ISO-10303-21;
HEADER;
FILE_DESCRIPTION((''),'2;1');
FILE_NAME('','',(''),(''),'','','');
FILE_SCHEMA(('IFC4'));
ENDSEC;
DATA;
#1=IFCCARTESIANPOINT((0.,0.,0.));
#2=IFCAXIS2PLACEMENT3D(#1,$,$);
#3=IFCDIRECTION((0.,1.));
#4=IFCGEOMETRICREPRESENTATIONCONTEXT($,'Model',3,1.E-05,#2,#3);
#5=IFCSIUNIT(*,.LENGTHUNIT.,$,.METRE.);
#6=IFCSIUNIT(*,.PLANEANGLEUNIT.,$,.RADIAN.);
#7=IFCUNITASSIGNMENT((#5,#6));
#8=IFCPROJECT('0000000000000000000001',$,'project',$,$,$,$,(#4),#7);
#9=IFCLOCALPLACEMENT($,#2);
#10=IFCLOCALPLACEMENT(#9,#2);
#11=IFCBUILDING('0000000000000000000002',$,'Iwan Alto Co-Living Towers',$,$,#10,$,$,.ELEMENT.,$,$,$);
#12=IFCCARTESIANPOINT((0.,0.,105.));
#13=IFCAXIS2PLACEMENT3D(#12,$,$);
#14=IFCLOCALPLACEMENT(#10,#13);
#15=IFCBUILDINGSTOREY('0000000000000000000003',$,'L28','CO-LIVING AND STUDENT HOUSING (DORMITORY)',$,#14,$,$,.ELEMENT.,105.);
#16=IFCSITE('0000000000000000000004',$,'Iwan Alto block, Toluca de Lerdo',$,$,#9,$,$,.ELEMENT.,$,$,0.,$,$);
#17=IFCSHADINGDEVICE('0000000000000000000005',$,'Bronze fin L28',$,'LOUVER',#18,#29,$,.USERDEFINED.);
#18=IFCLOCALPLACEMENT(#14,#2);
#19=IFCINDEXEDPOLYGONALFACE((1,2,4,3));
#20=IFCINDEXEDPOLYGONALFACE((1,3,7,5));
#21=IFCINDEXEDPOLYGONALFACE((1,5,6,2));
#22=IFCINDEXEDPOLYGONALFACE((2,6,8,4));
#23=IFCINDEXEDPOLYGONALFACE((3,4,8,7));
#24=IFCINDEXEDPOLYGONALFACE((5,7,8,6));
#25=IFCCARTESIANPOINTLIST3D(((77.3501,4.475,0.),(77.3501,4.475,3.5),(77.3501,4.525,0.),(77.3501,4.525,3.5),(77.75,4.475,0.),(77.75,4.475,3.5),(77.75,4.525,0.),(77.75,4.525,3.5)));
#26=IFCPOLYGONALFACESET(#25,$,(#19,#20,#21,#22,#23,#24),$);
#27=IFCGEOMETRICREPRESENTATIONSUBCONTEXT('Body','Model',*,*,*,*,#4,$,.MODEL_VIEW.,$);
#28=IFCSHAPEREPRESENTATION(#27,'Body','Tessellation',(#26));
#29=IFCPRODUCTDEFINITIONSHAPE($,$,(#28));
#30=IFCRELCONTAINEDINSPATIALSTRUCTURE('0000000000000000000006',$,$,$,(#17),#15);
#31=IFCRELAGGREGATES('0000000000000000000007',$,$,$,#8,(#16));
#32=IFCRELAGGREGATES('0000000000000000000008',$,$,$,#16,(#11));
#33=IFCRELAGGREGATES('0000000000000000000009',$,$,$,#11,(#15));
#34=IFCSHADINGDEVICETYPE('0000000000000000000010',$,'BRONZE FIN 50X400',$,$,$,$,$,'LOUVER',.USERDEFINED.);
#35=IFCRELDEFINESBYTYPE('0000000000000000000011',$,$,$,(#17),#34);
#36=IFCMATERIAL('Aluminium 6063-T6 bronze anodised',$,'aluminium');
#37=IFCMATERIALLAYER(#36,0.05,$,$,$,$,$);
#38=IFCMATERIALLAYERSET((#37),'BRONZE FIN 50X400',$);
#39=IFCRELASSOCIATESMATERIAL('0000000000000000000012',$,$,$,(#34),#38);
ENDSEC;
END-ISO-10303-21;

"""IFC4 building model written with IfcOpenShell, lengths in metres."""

from ifc_helpers import new_model, si_unit, direction, frame, origin, origin_2d, place, context, subcontext, project, spatial, rectangle, extrude, material, layer, layer_set, type_object, element, save


model = new_model("IFC4")

# Units and contexts
model_context = context("Model", 3, precision=1e-05, world=origin(), true_north=direction((0.0, 1.0)))
body_context = subcontext(model_context, "Body", "Model", "MODEL_VIEW")
ifc_project = project(units=[si_unit("LENGTHUNIT", "METRE"), si_unit("PLANEANGLEUNIT", "RADIAN")], contexts=[model_context])

# Site, building, storey
site_placement = place(None, origin())
site = spatial("IfcSite", under=ifc_project, at=site_placement, Name="Iwan Alto block, Toluca de Lerdo", CompositionType="ELEMENT", RefElevation=0.0)
building_placement = place(site_placement, origin())
building = spatial("IfcBuilding", under=site, at=building_placement, Name="Iwan Alto Co-Living Towers", CompositionType="ELEMENT")
storey_placement = place(building_placement, frame((0.0, 0.0, 105.0)))
storey = spatial("IfcBuildingStorey", under=building, at=storey_placement, Name="L28", Description="CO-LIVING AND STUDENT HOUSING (DORMITORY)", CompositionType="ELEMENT", Elevation=105.0)

# Shading device
ifc_material_1 = material(Name="Aluminium 6063-T6 bronze anodised", Category="aluminium")
ifc_layer_1 = layer(ifc_material_1, 0.05)
ifc_layer_set_1 = layer_set([ifc_layer_1], Name="BRONZE FIN 50X400")
shading_device_type = type_object("IfcShadingDeviceType", Name="BRONZE FIN 50X400", ElementType="LOUVER", PredefinedType="USERDEFINED", material=ifc_layer_set_1)
shading_device_placement = place(storey_placement, frame((77.55, 4.5, 0.0), z_axis=(0.0, 0.0, 1.0), x_axis=(0.0, 1.0, 0.0)))
element("IfcShadingDevice", 1, at=shading_device_placement, inside=storey, type_object=shading_device_type, Name="Bronze fin L28", ObjectType="LOUVER", PredefinedType="USERDEFINED", context=body_context, shape_type="SweptSolid", body=[
    extrude(rectangle(XDim=0.05, YDim=0.3999, at=origin_2d()), origin(), (0.0, 0.0, 1.0), 3.5),
])

save(model, "model.ifc")
